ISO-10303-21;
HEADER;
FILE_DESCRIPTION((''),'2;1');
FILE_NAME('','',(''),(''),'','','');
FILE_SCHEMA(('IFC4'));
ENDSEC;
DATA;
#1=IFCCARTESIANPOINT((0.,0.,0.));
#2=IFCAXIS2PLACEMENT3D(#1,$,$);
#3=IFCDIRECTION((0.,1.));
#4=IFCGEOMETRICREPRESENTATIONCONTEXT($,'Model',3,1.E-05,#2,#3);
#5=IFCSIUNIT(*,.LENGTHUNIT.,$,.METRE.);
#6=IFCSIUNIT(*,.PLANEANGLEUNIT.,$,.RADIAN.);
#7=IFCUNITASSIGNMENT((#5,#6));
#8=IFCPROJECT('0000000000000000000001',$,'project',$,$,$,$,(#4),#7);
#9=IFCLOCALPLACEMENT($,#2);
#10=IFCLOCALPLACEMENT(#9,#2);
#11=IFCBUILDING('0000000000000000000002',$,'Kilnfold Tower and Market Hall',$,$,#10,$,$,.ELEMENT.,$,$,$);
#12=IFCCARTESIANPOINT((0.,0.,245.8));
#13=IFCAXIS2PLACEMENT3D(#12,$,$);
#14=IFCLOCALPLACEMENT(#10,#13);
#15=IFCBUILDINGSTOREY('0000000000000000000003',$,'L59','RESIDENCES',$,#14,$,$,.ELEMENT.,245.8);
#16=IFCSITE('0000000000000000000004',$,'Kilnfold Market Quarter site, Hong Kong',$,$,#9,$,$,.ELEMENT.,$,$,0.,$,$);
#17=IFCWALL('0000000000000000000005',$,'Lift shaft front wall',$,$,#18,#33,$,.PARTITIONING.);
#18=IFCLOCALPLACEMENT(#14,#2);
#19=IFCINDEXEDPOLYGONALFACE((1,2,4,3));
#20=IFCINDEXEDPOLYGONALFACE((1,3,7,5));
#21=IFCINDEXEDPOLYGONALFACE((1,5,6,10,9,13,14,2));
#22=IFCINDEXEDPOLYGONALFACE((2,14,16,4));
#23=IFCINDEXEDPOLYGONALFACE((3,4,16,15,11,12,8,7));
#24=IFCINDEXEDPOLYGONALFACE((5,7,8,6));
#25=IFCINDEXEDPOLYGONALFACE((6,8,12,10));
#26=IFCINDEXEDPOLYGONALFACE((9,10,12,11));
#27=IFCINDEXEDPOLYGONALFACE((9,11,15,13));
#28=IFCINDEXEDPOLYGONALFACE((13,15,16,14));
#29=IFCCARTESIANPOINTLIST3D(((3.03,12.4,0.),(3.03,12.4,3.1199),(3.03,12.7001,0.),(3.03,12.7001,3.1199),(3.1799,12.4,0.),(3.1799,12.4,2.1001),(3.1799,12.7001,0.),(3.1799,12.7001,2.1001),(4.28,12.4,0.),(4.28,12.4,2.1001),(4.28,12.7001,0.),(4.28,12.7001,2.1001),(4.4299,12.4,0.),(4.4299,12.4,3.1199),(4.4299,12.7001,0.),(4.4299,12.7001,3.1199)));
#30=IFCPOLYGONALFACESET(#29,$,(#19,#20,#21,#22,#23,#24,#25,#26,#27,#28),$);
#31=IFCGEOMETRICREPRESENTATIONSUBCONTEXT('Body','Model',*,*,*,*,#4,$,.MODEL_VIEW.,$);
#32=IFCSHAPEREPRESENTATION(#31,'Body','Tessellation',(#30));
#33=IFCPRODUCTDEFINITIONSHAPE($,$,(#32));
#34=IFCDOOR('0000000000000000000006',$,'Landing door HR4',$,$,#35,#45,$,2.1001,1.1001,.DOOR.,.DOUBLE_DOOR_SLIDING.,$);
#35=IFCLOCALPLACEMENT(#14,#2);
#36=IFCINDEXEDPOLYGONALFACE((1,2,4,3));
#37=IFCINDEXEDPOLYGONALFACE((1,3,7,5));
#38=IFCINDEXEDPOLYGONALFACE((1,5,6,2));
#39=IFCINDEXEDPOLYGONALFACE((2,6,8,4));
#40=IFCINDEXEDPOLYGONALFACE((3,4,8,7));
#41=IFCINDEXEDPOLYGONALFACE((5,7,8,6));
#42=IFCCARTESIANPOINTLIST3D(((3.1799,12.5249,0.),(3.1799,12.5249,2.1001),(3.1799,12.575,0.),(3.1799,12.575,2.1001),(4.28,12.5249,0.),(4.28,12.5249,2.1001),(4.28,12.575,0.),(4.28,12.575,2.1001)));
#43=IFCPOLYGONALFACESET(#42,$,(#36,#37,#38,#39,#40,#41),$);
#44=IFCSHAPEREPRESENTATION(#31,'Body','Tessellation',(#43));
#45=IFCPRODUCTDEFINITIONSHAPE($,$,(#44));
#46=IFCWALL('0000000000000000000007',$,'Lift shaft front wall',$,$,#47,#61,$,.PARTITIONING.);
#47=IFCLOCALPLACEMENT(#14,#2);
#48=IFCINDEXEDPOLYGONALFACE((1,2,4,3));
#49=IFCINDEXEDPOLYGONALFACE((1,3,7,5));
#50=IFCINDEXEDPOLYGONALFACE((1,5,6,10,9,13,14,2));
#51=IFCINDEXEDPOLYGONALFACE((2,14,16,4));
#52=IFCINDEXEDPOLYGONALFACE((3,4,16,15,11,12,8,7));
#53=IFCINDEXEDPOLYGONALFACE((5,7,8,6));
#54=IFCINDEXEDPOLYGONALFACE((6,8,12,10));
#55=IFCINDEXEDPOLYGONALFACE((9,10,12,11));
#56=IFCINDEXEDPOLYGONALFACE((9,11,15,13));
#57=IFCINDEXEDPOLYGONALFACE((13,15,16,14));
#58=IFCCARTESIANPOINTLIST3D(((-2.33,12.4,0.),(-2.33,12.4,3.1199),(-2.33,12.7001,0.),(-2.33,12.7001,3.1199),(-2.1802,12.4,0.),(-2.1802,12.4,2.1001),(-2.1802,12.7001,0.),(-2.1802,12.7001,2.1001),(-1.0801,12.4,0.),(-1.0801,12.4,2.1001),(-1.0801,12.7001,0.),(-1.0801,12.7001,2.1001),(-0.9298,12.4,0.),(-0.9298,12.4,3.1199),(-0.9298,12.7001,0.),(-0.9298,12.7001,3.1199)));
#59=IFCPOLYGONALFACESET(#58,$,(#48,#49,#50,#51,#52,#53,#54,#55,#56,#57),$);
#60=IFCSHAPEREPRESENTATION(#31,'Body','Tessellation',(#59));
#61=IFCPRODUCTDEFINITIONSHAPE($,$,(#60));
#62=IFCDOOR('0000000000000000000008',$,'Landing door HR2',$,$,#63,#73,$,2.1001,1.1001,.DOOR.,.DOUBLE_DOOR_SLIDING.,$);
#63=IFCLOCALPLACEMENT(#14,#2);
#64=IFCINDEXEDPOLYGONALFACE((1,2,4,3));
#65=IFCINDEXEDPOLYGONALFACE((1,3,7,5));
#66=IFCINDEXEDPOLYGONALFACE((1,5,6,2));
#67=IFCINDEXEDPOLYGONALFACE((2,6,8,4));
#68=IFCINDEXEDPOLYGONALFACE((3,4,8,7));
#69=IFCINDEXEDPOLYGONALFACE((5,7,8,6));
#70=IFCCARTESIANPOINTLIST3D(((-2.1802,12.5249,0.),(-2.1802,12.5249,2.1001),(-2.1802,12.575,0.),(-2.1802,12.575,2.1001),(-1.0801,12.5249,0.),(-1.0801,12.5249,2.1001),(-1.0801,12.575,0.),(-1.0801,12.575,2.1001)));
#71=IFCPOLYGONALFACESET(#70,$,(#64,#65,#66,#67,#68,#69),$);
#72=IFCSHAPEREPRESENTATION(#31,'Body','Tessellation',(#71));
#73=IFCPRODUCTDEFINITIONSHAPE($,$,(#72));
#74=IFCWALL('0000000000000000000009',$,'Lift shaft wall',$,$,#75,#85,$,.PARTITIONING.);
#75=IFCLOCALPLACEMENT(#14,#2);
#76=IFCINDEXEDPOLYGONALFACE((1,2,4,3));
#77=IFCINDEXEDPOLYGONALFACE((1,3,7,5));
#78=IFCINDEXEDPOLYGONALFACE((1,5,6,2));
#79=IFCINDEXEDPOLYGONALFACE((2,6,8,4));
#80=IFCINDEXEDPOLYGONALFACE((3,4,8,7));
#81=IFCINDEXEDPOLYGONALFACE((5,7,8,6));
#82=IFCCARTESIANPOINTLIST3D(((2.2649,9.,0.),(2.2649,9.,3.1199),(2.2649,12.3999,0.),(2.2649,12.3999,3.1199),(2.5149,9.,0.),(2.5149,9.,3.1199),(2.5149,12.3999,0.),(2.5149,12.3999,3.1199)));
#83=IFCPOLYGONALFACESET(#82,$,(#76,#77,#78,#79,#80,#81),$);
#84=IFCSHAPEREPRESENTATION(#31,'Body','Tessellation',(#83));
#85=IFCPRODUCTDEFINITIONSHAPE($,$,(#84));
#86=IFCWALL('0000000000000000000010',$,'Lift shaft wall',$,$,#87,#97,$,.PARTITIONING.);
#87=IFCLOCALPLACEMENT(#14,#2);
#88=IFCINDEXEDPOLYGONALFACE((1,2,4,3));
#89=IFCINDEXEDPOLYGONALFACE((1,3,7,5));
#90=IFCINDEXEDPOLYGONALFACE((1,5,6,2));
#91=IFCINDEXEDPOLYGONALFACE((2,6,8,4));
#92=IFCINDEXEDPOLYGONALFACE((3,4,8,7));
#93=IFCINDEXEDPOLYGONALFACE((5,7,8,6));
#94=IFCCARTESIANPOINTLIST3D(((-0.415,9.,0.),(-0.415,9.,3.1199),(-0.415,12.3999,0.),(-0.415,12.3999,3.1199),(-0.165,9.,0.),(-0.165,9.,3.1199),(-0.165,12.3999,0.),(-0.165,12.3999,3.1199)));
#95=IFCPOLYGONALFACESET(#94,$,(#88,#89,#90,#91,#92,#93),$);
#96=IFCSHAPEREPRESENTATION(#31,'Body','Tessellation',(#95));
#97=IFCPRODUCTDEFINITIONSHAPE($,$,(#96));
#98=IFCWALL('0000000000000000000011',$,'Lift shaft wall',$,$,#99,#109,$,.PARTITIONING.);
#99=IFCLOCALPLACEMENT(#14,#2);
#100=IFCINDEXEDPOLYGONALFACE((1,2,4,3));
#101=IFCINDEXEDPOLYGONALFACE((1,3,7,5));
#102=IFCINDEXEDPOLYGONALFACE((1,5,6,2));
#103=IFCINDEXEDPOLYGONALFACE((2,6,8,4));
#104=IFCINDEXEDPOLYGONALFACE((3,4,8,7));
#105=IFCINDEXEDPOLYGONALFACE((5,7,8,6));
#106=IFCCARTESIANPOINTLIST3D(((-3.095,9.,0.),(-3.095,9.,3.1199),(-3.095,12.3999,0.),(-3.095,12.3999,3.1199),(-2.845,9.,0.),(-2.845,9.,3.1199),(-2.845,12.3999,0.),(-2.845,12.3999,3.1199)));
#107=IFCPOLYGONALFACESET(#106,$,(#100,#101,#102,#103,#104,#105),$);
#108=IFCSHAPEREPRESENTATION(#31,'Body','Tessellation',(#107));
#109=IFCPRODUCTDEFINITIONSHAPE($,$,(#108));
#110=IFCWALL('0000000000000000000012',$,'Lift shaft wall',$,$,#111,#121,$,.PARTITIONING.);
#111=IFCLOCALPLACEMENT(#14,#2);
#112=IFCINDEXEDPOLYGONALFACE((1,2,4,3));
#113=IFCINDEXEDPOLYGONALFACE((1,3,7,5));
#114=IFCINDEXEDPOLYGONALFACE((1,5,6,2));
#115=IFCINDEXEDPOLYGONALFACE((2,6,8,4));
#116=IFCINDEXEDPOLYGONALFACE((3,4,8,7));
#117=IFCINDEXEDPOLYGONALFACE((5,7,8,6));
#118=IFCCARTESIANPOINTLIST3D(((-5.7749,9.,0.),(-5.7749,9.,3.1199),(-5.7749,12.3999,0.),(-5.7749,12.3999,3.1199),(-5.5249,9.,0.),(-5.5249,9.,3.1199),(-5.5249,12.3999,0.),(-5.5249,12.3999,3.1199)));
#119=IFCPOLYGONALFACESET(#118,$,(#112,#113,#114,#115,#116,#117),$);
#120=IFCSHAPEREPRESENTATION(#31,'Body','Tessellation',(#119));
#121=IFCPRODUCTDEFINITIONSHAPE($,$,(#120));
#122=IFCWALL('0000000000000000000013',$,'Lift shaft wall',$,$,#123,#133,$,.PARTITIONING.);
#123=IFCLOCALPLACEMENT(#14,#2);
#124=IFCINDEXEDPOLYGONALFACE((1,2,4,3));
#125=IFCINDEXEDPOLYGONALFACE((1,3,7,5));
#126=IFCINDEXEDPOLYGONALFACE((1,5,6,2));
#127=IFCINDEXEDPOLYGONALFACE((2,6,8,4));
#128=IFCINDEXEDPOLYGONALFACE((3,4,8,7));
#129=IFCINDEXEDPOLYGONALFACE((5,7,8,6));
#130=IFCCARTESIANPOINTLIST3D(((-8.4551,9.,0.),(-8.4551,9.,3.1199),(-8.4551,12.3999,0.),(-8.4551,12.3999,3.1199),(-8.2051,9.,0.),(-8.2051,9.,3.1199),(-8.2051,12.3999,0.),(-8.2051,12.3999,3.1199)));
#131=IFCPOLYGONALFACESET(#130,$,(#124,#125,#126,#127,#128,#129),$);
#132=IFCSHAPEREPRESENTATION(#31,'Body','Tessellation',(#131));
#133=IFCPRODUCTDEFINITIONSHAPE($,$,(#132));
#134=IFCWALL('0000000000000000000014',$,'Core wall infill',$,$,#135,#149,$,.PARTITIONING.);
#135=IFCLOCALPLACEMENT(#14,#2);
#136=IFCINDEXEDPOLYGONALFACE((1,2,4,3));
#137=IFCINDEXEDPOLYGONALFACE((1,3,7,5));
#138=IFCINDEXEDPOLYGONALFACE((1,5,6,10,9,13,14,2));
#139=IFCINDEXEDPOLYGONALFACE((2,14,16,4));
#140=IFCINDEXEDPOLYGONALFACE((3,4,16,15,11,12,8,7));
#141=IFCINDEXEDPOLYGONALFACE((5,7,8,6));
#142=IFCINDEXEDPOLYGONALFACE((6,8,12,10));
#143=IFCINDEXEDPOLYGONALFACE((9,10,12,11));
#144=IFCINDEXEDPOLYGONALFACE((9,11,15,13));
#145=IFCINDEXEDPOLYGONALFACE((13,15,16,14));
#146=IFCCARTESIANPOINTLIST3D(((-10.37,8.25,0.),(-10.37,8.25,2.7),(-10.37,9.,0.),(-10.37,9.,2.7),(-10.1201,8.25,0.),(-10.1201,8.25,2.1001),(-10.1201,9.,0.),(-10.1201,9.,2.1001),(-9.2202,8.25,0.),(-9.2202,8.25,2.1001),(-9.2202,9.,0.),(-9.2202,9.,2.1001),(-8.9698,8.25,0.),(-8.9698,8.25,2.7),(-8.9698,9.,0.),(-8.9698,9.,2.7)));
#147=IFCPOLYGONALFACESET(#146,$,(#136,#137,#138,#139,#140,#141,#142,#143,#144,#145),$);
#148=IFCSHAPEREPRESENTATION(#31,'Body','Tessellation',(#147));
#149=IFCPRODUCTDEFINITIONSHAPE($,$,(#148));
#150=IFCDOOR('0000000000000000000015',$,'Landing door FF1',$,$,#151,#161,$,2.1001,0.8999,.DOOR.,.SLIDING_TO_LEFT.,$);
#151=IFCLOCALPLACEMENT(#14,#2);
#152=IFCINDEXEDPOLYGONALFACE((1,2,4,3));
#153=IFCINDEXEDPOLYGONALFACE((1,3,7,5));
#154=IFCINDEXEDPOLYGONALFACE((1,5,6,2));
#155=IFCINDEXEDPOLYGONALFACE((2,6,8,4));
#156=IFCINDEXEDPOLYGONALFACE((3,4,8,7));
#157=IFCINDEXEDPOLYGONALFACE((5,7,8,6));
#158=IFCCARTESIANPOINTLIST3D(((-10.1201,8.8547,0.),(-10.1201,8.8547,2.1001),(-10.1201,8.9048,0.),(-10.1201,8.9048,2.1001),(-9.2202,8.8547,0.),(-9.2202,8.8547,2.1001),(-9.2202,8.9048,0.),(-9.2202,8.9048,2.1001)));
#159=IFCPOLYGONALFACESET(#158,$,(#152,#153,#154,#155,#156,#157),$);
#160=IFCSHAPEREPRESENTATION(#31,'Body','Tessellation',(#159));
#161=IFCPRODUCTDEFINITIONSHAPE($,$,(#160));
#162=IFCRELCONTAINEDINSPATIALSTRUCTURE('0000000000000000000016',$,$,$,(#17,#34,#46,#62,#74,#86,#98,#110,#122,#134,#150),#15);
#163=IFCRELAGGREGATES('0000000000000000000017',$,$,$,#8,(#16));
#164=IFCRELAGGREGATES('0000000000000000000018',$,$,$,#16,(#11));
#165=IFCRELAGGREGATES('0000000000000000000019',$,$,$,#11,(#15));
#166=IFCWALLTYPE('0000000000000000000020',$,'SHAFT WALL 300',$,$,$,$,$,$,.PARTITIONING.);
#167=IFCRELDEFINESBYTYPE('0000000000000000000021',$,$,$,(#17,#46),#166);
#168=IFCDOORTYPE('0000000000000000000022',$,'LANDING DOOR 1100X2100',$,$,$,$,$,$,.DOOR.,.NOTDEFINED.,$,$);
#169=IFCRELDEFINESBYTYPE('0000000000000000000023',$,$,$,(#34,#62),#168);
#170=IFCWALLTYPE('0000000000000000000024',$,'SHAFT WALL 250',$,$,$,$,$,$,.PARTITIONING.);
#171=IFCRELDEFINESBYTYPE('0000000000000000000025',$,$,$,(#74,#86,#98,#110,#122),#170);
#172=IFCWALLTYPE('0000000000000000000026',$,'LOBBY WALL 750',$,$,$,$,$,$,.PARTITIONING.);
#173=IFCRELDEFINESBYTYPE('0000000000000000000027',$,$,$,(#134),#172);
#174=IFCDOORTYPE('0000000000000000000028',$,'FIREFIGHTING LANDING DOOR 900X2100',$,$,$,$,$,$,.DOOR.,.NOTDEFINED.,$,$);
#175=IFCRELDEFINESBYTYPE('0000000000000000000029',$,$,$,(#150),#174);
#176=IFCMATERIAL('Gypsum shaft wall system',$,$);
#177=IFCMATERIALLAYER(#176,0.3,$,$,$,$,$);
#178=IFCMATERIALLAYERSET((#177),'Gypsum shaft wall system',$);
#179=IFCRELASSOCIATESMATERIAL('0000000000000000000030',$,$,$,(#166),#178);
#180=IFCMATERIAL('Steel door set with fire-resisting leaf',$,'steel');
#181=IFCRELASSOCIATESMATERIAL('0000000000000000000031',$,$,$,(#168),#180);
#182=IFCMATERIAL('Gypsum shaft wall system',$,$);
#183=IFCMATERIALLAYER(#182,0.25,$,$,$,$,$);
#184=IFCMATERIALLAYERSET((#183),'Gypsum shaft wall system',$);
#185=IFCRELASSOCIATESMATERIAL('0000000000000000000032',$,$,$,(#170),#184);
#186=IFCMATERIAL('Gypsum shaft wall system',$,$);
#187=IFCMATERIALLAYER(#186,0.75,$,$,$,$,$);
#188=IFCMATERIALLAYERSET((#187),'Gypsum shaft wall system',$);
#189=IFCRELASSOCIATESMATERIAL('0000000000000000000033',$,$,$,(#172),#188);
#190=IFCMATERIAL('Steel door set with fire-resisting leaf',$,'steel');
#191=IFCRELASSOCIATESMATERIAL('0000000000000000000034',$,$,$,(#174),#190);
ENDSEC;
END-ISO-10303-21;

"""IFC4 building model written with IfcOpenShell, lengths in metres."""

from ifc_helpers import new_model, si_unit, direction, frame, frame_2d, origin, place, context, subcontext, project, spatial, rectangle, extrude, source, transform, mapped, material, layer, layer_set, type_object, element, fill, save


model = new_model("IFC4")

# Units and contexts
model_context = context("Model", 3, precision=1e-05, world=origin(), true_north=direction((0.0, 1.0)))
body_context = subcontext(model_context, "Body", "Model", "MODEL_VIEW")
ifc_project = project(units=[si_unit("LENGTHUNIT", "METRE"), si_unit("PLANEANGLEUNIT", "RADIAN")], contexts=[model_context])

# Site, building, storey
site_placement = place(None, origin())
site = spatial("IfcSite", under=ifc_project, at=site_placement, Name="Kilnfold Market Quarter site, Hong Kong", CompositionType="ELEMENT", RefElevation=0.0)
building_placement = place(site_placement, origin())
building = spatial("IfcBuilding", under=site, at=building_placement, Name="Kilnfold Tower and Market Hall", CompositionType="ELEMENT")
storey_placement = place(building_placement, frame((0.0, 0.0, 245.8)))
storey = spatial("IfcBuildingStorey", under=building, at=storey_placement, Name="L59", Description="RESIDENCES", CompositionType="ELEMENT", Elevation=245.8)

# Walls, openings, doors
ifc_material_1 = material(Name="Gypsum shaft wall system")
ifc_layer_1 = layer(ifc_material_1, 0.3)
ifc_layer_set_1 = layer_set([ifc_layer_1], Name="Gypsum shaft wall system")
wall_type_1 = type_object("IfcWallType", Name="SHAFT WALL 300", PredefinedType="PARTITIONING", material=ifc_layer_set_1)
shared_shape_1 = source(origin(), body_context, "Body", "SweptSolid", [
    extrude(rectangle(XDim=1.3999, YDim=0.3, at=frame_2d((0.7, 0.0))), origin(), (0.0, 0.0, 1.0), 3.1199),
])
ifc_material_2 = material(Name="Steel door set with fire-resisting leaf", Category="steel")
door_type_1 = type_object("IfcDoorType", Name="LANDING DOOR 1100X2100", OperationType="NOTDEFINED", PredefinedType="DOOR", material=ifc_material_2)
wall_1_placement = place(storey_placement, frame((3.03, 12.55, 0.0), z_axis=(0.0, 0.0, 1.0), x_axis=(1.0, 0.0, 0.0)))
wall_1 = element("IfcWall", 1, at=wall_1_placement, inside=storey, type_object=wall_type_1, Name="Lift shaft front wall", PredefinedType="PARTITIONING", context=body_context, shape_type="MappedRepresentation", body=[
    mapped(shared_shape_1, transform((0.0, 0.0, 0.0))),
])
opening_1_placement = place(wall_1_placement, frame((0.1499, 0.0, 0.0)))
opening_1 = element("IfcOpeningElement", 2, at=opening_1_placement, cuts=wall_1, PredefinedType="OPENING", context=body_context, shape_type="SweptSolid", body=[
    extrude(rectangle(XDim=1.1001, YDim=2.1001, at=frame_2d((0.55, 1.05))), frame((0.0, 0.1602, 0.0), z_axis=(0.0, -1.0, 0.0), x_axis=(1.0, 0.0, 0.0)), (0.0, 0.0, 1.0), 0.3201),
])
door_1_placement = place(opening_1_placement, origin())
door_1 = element("IfcDoor", 3, at=door_1_placement, inside=storey, type_object=door_type_1, Name="Landing door HR4", OperationType="DOUBLE_DOOR_SLIDING", OverallHeight=2.1001, OverallWidth=1.1001, PredefinedType="DOOR", context=body_context, shape_type="SweptSolid", body=[
    extrude(rectangle(XDim=1.1001, YDim=2.1001, at=frame_2d((0.55, 1.05))), frame((0.0, 0.0249, 0.0), z_axis=(0.0, -1.0, 0.0), x_axis=(1.0, 0.0, 0.0)), (0.0, 0.0, 1.0), 0.05),
])
fill(opening_1, door_1)
shared_shape_2 = source(origin(), body_context, "Body", "SweptSolid", [
    extrude(rectangle(XDim=1.4001, YDim=0.3, at=frame_2d((0.7002, 0.0))), origin(), (0.0, 0.0, 1.0), 3.1199),
])
wall_2_placement = place(storey_placement, frame((-2.3301, 12.55, 0.0), z_axis=(0.0, 0.0, 1.0), x_axis=(1.0, 0.0, 0.0)))
wall_2 = element("IfcWall", 4, at=wall_2_placement, inside=storey, type_object=wall_type_1, Name="Lift shaft front wall", PredefinedType="PARTITIONING", context=body_context, shape_type="MappedRepresentation", body=[
    mapped(shared_shape_2, transform((0.0, 0.0, 0.0))),
])
opening_2_placement = place(wall_2_placement, frame((0.1499, 0.0, 0.0)))
opening_2 = element("IfcOpeningElement", 5, at=opening_2_placement, cuts=wall_2, PredefinedType="OPENING", context=body_context, shape_type="SweptSolid", body=[
    extrude(rectangle(XDim=1.1001, YDim=2.1001, at=frame_2d((0.55, 1.05))), frame((0.0, 0.1602, 0.0), z_axis=(0.0, -1.0, 0.0), x_axis=(1.0, 0.0, 0.0)), (0.0, 0.0, 1.0), 0.3201),
])
door_2_placement = place(opening_2_placement, origin())
door_2 = element("IfcDoor", 6, at=door_2_placement, inside=storey, type_object=door_type_1, Name="Landing door HR2", OperationType="DOUBLE_DOOR_SLIDING", OverallHeight=2.1001, OverallWidth=1.1001, PredefinedType="DOOR", context=body_context, shape_type="SweptSolid", body=[
    extrude(rectangle(XDim=1.1001, YDim=2.1001, at=frame_2d((0.55, 1.05))), frame((0.0, 0.0249, 0.0), z_axis=(0.0, -1.0, 0.0), x_axis=(1.0, 0.0, 0.0)), (0.0, 0.0, 1.0), 0.05),
])
fill(opening_2, door_2)

# Walls
ifc_material_3 = material(Name="Gypsum shaft wall system")
ifc_layer_2 = layer(ifc_material_3, 0.25)
ifc_layer_set_2 = layer_set([ifc_layer_2], Name="Gypsum shaft wall system")
wall_type_2 = type_object("IfcWallType", Name="SHAFT WALL 250", PredefinedType="PARTITIONING", material=ifc_layer_set_2)
shared_shape_3 = source(origin(), body_context, "Body", "SweptSolid", [
    extrude(rectangle(XDim=3.3999, YDim=0.25, at=frame_2d((1.7, 0.0))), origin(), (0.0, 0.0, 1.0), 3.1199),
])
for number, where, z_axis, x_axis, name in (
    (7, (2.3899, 9.0, 0.0), (0.0, 0.0, 1.0), (0.0, 1.0, 0.0), "Lift shaft wall"),
    (8, (-0.29, 9.0, 0.0), (0.0, 0.0, 1.0), (0.0, 1.0, 0.0), "Lift shaft wall"),
    (9, (-2.97, 9.0, 0.0), (0.0, 0.0, 1.0), (0.0, 1.0, 0.0), "Lift shaft wall"),
    (10, (-5.6499, 9.0, 0.0), (0.0, 0.0, 1.0), (0.0, 1.0, 0.0), "Lift shaft wall"),
    (11, (-8.3301, 9.0, 0.0), (0.0, 0.0, 1.0), (0.0, 1.0, 0.0), "Lift shaft wall"),
):
    element("IfcWall", number, at=place(storey_placement, frame(where, z_axis=z_axis, x_axis=x_axis)), inside=storey, type_object=wall_type_2, Name=name, PredefinedType="PARTITIONING", context=body_context, shape_type="MappedRepresentation", body=[
        mapped(shared_shape_3, transform((0.0, 0.0, 0.0))),
    ])

# Wall, opening, door
ifc_material_4 = material(Name="Gypsum shaft wall system")
ifc_layer_3 = layer(ifc_material_4, 0.75)
ifc_layer_set_3 = layer_set([ifc_layer_3], Name="Gypsum shaft wall system")
wall_type_3 = type_object("IfcWallType", Name="LOBBY WALL 750", PredefinedType="PARTITIONING", material=ifc_layer_set_3)
shared_shape_4 = source(origin(), body_context, "Body", "SweptSolid", [
    extrude(rectangle(XDim=1.4001, YDim=0.75, at=frame_2d((0.7002, 0.0))), origin(), (0.0, 0.0, 1.0), 2.7),
])
wall_3_placement = place(storey_placement, frame((-10.3701, 8.625, 0.0), z_axis=(0.0, 0.0, 1.0), x_axis=(1.0, 0.0, 0.0)))
wall_3 = element("IfcWall", 12, at=wall_3_placement, inside=storey, type_object=wall_type_3, Name="Core wall infill", PredefinedType="PARTITIONING", context=body_context, shape_type="MappedRepresentation", body=[
    mapped(shared_shape_4, transform((0.0, 0.0, 0.0))),
])
opening_3_placement = place(wall_3_placement, frame((0.25, 0.0, 0.0)))
opening_3 = element("IfcOpeningElement", 13, at=opening_3_placement, cuts=wall_3, PredefinedType="OPENING", context=body_context, shape_type="SweptSolid", body=[
    extrude(rectangle(XDim=0.8999, YDim=2.1001, at=frame_2d((0.45, 1.05))), frame((0.0, 0.385, 0.0), z_axis=(0.0, -1.0, 0.0), x_axis=(1.0, 0.0, 0.0)), (0.0, 0.0, 1.0), 0.77),
])
ifc_material_5 = material(Name="Steel door set with fire-resisting leaf", Category="steel")
door_type_2 = type_object("IfcDoorType", Name="FIREFIGHTING LANDING DOOR 900X2100", OperationType="NOTDEFINED", PredefinedType="DOOR", material=ifc_material_5)
door_3_placement = place(opening_3_placement, origin())
door_3 = element("IfcDoor", 14, at=door_3_placement, inside=storey, type_object=door_type_2, Name="Landing door FF1", OperationType="SLIDING_TO_LEFT", OverallHeight=2.1001, OverallWidth=0.8999, PredefinedType="DOOR", context=body_context, shape_type="SweptSolid", body=[
    extrude(rectangle(XDim=0.8999, YDim=2.1001, at=frame_2d((0.45, 1.05))), frame((0.0, 0.2798, 0.0), z_axis=(0.0, -1.0, 0.0), x_axis=(1.0, 0.0, 0.0)), (0.0, 0.0, 1.0), 0.05),
])
fill(opening_3, door_3)

save(model, "model.ifc")
